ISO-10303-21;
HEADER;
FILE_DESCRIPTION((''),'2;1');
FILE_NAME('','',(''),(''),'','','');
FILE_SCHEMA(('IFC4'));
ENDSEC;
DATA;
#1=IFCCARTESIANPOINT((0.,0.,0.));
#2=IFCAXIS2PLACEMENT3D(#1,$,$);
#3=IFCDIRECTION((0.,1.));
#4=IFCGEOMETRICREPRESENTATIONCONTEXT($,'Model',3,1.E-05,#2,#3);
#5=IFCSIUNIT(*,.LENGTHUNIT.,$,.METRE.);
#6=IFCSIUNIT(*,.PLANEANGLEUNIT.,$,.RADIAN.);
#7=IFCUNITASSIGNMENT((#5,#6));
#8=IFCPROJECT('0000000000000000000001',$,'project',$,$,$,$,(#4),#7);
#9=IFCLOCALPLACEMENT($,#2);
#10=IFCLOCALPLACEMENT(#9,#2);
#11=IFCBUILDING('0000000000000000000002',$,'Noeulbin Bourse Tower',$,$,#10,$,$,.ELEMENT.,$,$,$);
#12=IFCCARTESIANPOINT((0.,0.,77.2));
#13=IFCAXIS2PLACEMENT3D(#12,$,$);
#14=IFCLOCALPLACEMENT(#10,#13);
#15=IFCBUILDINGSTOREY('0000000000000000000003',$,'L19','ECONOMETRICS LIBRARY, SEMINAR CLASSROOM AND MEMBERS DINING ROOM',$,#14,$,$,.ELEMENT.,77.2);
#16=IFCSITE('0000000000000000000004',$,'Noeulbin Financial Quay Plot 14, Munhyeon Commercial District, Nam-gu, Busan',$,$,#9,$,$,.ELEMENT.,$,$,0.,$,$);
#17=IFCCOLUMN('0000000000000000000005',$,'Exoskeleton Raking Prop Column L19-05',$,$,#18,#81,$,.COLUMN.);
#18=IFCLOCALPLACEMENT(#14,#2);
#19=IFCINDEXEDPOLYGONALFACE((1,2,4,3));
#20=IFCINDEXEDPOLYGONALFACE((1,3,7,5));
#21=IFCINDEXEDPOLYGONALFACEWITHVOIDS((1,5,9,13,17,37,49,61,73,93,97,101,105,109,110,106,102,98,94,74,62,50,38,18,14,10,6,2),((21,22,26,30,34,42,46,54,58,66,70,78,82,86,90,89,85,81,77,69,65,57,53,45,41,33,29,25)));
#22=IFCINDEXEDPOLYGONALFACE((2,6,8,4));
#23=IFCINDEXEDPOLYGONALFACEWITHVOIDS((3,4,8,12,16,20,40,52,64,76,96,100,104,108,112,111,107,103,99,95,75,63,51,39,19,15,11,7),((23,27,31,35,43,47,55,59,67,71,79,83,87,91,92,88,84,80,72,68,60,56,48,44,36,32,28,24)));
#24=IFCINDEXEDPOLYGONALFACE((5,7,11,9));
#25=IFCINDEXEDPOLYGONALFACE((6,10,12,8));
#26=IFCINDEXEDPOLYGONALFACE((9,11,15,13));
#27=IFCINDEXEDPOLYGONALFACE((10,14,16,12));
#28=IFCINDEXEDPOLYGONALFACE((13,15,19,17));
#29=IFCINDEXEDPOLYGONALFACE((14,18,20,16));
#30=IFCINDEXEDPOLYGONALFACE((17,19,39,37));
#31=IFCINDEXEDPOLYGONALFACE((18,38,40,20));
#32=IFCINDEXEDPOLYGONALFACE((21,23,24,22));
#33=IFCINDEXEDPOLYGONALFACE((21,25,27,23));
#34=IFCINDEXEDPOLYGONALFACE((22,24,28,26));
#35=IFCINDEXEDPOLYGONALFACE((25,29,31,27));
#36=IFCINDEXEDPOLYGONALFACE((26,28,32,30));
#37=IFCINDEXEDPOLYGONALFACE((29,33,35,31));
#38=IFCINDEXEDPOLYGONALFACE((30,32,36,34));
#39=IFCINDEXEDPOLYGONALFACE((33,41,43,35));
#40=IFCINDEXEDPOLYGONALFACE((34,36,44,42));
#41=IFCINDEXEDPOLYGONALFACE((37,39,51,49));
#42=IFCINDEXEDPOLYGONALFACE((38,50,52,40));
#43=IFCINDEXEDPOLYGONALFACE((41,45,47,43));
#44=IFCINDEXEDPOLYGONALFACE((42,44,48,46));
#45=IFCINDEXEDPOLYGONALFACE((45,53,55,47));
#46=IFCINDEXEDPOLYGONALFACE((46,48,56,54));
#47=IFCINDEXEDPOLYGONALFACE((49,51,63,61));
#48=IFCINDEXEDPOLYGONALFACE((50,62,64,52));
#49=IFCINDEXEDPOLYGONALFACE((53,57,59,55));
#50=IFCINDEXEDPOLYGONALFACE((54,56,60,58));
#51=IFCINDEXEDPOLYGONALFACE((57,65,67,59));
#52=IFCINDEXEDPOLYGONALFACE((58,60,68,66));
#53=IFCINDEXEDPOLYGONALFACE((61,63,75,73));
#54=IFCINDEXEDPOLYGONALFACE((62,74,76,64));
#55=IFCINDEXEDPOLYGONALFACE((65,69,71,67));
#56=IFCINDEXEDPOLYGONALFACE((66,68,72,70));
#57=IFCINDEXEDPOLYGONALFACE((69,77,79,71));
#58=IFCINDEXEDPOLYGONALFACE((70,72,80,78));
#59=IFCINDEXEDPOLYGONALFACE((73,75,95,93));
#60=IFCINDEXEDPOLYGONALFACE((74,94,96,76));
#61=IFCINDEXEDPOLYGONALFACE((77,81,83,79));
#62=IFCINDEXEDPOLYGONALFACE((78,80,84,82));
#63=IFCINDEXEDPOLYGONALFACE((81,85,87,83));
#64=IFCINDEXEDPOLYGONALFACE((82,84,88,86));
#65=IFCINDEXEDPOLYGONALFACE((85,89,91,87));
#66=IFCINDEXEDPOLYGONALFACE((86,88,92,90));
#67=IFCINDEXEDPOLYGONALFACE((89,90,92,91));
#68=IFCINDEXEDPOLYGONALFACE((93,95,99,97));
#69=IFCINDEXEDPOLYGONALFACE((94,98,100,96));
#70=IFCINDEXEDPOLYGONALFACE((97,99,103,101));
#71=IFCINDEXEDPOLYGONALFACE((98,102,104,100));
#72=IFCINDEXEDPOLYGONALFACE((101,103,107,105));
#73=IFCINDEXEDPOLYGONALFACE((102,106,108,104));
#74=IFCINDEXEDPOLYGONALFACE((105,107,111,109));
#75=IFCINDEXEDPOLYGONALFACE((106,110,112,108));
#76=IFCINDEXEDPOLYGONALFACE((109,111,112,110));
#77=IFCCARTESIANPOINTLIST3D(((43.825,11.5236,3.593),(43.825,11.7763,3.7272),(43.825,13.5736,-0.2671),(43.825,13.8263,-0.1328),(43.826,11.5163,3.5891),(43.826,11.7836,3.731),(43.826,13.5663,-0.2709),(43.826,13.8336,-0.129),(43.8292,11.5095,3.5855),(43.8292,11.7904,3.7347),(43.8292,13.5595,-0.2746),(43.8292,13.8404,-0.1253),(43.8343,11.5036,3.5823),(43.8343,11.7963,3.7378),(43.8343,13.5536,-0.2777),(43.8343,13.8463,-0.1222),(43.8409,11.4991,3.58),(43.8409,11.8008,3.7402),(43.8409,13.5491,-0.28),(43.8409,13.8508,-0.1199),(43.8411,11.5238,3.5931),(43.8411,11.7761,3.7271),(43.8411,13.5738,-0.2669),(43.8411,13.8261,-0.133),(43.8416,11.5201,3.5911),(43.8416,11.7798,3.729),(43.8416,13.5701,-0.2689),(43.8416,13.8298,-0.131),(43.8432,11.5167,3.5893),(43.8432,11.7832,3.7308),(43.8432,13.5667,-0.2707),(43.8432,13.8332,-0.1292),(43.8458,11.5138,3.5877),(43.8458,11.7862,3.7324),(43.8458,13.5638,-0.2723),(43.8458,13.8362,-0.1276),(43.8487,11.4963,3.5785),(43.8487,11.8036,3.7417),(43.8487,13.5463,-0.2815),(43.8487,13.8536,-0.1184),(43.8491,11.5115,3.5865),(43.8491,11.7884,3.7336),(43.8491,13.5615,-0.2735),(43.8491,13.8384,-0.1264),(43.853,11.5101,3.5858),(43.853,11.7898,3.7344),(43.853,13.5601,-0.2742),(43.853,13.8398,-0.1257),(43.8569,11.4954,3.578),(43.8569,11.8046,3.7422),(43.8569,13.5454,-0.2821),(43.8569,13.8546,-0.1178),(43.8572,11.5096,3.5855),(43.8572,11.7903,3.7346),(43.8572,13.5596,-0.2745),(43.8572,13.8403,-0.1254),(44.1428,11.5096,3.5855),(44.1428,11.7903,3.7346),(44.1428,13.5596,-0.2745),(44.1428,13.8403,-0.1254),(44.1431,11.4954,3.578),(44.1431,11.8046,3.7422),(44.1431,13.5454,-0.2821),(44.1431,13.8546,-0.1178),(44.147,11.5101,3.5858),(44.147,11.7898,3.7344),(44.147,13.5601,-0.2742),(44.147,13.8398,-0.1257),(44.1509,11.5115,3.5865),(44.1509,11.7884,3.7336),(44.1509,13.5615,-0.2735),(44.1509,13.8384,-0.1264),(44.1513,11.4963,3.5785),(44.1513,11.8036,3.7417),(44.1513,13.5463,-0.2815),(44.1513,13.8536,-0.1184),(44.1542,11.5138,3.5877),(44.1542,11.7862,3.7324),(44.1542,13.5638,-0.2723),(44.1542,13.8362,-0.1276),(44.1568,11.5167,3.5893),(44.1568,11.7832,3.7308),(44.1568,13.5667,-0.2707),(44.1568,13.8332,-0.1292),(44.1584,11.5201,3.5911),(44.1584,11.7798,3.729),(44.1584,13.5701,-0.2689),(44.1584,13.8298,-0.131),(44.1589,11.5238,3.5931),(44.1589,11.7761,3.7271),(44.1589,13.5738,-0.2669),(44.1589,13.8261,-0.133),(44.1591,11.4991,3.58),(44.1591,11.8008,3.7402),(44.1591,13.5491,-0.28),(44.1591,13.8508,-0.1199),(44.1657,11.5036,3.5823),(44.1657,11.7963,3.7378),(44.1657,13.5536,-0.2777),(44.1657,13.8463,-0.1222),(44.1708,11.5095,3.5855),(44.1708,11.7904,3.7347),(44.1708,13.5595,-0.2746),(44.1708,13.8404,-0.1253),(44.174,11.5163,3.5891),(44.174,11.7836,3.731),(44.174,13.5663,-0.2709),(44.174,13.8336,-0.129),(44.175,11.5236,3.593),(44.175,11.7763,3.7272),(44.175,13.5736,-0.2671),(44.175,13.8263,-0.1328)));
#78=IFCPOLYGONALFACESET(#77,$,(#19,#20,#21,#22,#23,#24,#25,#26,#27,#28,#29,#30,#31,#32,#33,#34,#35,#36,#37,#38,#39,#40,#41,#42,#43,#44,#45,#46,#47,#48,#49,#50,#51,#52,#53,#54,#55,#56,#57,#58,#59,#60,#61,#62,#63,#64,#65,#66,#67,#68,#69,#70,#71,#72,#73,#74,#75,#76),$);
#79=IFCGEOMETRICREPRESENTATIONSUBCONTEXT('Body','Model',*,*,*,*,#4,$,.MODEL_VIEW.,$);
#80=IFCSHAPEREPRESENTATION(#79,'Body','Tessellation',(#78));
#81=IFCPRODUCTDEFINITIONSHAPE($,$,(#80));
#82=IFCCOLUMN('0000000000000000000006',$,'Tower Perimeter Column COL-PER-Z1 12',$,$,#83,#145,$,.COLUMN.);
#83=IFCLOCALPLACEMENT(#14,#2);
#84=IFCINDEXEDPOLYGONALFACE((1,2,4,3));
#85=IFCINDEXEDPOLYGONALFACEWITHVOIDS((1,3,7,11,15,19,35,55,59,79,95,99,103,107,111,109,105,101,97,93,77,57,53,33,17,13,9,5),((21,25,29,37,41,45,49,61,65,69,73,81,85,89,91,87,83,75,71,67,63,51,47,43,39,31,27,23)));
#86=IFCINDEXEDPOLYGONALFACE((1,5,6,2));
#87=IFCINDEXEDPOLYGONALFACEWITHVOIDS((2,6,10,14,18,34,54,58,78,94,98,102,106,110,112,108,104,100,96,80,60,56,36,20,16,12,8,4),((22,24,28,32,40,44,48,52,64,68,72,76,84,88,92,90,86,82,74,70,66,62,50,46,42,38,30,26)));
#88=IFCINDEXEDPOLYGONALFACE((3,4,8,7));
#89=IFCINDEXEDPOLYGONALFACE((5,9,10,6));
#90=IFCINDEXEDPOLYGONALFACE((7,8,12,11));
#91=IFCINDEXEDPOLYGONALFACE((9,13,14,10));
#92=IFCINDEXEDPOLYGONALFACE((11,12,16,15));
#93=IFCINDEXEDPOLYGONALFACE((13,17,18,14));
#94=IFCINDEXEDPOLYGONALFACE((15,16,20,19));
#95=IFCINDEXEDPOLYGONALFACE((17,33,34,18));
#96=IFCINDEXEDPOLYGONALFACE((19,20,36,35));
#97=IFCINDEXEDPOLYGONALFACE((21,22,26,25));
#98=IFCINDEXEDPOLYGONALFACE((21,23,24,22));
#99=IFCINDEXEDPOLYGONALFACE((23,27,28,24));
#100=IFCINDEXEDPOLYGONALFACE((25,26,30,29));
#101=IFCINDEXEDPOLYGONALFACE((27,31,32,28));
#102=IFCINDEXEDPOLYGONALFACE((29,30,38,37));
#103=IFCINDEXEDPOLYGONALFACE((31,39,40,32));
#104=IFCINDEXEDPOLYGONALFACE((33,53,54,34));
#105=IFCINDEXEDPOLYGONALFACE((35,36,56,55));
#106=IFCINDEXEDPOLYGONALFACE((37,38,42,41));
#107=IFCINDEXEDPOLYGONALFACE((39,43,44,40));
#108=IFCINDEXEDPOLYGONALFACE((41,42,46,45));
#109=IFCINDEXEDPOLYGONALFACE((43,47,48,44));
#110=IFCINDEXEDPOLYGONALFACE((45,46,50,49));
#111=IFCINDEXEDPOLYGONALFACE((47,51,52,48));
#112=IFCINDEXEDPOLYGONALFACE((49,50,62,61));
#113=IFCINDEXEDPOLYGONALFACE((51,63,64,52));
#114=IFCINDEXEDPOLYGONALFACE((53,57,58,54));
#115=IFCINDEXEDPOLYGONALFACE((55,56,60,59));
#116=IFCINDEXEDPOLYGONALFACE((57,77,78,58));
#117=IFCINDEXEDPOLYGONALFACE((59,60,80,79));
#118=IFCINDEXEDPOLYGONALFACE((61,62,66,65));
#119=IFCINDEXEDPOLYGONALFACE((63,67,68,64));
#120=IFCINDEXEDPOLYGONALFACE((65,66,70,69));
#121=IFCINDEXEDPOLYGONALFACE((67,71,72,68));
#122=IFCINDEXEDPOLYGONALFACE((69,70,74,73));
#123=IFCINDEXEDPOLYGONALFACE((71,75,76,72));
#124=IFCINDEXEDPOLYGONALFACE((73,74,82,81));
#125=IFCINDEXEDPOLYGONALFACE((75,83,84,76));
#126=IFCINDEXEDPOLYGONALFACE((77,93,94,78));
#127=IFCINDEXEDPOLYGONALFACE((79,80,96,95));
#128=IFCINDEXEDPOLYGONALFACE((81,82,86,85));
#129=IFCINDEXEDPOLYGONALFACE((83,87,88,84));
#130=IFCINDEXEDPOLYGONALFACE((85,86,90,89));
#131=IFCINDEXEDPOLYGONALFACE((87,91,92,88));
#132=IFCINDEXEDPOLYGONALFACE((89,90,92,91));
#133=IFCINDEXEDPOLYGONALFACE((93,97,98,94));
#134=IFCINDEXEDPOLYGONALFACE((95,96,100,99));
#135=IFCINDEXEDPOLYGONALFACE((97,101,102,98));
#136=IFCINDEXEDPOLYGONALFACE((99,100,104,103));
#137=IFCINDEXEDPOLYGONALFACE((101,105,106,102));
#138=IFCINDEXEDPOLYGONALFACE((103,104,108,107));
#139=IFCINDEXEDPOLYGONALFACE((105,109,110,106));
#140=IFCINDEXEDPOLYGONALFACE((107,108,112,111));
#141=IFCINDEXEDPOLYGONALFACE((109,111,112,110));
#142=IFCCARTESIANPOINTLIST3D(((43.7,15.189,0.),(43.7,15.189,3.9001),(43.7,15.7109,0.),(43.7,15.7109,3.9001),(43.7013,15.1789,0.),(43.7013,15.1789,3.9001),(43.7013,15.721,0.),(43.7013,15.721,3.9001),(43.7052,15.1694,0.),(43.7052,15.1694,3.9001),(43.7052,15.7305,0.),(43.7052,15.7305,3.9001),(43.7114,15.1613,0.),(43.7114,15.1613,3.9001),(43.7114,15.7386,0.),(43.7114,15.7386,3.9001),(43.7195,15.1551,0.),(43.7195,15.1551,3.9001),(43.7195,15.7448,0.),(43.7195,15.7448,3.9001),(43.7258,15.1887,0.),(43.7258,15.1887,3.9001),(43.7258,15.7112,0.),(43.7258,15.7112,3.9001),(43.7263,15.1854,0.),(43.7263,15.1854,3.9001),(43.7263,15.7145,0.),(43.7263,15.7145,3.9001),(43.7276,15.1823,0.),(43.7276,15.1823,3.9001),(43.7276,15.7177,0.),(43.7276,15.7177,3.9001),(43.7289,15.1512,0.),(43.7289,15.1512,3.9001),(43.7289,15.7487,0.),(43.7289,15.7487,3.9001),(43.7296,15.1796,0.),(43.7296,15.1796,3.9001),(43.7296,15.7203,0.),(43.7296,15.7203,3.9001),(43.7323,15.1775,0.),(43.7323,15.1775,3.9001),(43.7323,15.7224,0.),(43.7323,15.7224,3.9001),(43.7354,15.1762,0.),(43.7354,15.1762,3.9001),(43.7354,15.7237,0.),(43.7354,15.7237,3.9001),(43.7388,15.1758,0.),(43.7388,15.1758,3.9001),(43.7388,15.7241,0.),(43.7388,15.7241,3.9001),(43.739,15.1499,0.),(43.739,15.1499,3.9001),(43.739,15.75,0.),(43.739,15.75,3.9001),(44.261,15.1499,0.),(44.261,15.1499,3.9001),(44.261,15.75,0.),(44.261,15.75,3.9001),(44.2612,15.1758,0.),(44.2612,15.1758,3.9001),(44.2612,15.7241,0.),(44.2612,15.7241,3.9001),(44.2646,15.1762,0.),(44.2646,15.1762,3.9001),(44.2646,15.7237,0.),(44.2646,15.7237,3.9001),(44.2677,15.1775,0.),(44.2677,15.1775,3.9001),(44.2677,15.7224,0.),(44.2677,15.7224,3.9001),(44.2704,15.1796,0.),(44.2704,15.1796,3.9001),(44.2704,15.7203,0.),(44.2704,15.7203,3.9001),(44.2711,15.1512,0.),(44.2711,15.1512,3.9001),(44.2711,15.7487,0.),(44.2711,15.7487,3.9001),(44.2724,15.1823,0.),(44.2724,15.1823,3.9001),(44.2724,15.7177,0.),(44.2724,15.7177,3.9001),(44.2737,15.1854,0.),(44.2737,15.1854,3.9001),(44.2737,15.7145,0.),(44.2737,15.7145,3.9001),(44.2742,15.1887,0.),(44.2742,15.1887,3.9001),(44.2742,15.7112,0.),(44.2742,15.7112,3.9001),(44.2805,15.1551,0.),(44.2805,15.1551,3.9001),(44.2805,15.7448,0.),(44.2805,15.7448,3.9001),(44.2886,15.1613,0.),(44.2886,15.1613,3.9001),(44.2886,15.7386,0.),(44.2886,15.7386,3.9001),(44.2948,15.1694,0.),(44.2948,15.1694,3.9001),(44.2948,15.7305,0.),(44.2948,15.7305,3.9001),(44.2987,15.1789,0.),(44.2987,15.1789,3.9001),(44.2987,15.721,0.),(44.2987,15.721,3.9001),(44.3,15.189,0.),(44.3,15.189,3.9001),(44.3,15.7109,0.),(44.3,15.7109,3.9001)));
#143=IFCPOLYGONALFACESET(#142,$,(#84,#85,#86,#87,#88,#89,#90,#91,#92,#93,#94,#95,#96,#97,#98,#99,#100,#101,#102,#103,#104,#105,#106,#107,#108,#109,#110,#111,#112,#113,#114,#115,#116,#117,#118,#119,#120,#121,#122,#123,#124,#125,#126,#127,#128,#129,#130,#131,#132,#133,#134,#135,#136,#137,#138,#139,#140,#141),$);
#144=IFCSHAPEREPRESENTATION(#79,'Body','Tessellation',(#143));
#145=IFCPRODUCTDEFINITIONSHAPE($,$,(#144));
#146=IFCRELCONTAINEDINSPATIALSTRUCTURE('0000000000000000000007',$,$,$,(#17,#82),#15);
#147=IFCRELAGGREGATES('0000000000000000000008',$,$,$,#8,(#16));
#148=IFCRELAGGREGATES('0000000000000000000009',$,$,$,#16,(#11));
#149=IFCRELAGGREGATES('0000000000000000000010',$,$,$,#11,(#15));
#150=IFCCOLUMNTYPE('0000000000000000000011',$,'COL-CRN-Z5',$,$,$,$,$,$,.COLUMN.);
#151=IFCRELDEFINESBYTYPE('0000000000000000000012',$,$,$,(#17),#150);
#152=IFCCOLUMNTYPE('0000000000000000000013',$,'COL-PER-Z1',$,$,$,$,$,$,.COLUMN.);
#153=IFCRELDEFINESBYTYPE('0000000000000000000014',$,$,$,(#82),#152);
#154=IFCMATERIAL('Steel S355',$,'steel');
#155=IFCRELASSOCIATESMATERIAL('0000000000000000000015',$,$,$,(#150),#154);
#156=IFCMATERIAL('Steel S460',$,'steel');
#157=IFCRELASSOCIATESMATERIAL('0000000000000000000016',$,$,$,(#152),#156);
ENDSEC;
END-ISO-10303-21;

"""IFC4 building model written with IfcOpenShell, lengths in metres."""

from ifc_helpers import new_model, si_unit, direction, frame, origin, origin_2d, place, context, subcontext, project, spatial, hollow_rectangle, extrude, material, material_profile, profile_set, type_object, element, save


model = new_model("IFC4")

# Units and contexts
model_context = context("Model", 3, precision=1e-05, world=origin(), true_north=direction((0.0, 1.0)))
body_context = subcontext(model_context, "Body", "Model", "MODEL_VIEW")
ifc_project = project(units=[si_unit("LENGTHUNIT", "METRE"), si_unit("PLANEANGLEUNIT", "RADIAN")], contexts=[model_context])

# Site, building, storey
site_placement = place(None, origin())
site = spatial("IfcSite", under=ifc_project, at=site_placement, Name="Noeulbin Financial Quay Plot 14, Munhyeon Commercial District, Nam-gu, Busan", CompositionType="ELEMENT", RefElevation=0.0)
building_placement = place(site_placement, origin())
building = spatial("IfcBuilding", under=site, at=building_placement, Name="Noeulbin Bourse Tower", CompositionType="ELEMENT")
storey_placement = place(building_placement, frame((0.0, 0.0, 77.2)))
storey = spatial("IfcBuildingStorey", under=building, at=storey_placement, Name="L19", Description="ECONOMETRICS LIBRARY, SEMINAR CLASSROOM AND MEMBERS DINING ROOM", CompositionType="ELEMENT", Elevation=77.2)

# Columns
ifc_material_1 = material(Name="Steel S355", Category="steel")
ifc_material_profile_1 = material_profile(ifc_material_1, hollow_rectangle(XDim=0.3501, YDim=0.3501, WallThickness=0.0161, InnerFilletRadius=0.0161, OuterFilletRadius=0.032, at=origin_2d()), Name="SHS-350x350x16", Category="LoadBearing")
ifc_profile_set_1 = profile_set([ifc_material_profile_1], Name="Steel S355")
column_type_1 = type_object("IfcColumnType", Name="COL-CRN-Z5", PredefinedType="COLUMN", material=ifc_profile_set_1)
column_1_placement = place(storey_placement, frame((44.0, 13.7, -0.2), z_axis=(0.0, -0.469042, 0.883176), x_axis=(1.0, 0.0, 0.0)))
element("IfcColumn", 1, at=column_1_placement, inside=storey, type_object=column_type_1, Name="Exoskeleton Raking Prop Column L19-05", PredefinedType="COLUMN", context=body_context, shape_type="SweptSolid", body=[
    extrude(hollow_rectangle(XDim=0.3501, YDim=0.3501, WallThickness=0.0161, InnerFilletRadius=0.0161, OuterFilletRadius=0.032, at=origin_2d()), origin(), (0.0, 0.0, 1.0), 4.3706),
])
ifc_material_2 = material(Name="Steel S460", Category="steel")
ifc_material_profile_2 = material_profile(ifc_material_2, hollow_rectangle(XDim=0.6001, YDim=0.6001, WallThickness=0.0259, InnerFilletRadius=0.0129, OuterFilletRadius=0.0391, at=origin_2d()), Name="BOX-600x600x26", Category="LoadBearing")
ifc_profile_set_2 = profile_set([ifc_material_profile_2], Name="Steel S460")
column_type_2 = type_object("IfcColumnType", Name="COL-PER-Z1", PredefinedType="COLUMN", material=ifc_profile_set_2)
column_2_placement = place(storey_placement, frame((44.0, 15.45, 0.0), z_axis=(0.0, 0.0, 1.0), x_axis=(1.0, 0.0, 0.0)))
element("IfcColumn", 2, at=column_2_placement, inside=storey, type_object=column_type_2, Name="Tower Perimeter Column COL-PER-Z1 12", PredefinedType="COLUMN", context=body_context, shape_type="SweptSolid", body=[
    extrude(hollow_rectangle(XDim=0.6001, YDim=0.6001, WallThickness=0.0259, InnerFilletRadius=0.0129, OuterFilletRadius=0.0391, at=origin_2d()), origin(), (0.0, 0.0, 1.0), 3.9001),
])

save(model, "model.ifc")
